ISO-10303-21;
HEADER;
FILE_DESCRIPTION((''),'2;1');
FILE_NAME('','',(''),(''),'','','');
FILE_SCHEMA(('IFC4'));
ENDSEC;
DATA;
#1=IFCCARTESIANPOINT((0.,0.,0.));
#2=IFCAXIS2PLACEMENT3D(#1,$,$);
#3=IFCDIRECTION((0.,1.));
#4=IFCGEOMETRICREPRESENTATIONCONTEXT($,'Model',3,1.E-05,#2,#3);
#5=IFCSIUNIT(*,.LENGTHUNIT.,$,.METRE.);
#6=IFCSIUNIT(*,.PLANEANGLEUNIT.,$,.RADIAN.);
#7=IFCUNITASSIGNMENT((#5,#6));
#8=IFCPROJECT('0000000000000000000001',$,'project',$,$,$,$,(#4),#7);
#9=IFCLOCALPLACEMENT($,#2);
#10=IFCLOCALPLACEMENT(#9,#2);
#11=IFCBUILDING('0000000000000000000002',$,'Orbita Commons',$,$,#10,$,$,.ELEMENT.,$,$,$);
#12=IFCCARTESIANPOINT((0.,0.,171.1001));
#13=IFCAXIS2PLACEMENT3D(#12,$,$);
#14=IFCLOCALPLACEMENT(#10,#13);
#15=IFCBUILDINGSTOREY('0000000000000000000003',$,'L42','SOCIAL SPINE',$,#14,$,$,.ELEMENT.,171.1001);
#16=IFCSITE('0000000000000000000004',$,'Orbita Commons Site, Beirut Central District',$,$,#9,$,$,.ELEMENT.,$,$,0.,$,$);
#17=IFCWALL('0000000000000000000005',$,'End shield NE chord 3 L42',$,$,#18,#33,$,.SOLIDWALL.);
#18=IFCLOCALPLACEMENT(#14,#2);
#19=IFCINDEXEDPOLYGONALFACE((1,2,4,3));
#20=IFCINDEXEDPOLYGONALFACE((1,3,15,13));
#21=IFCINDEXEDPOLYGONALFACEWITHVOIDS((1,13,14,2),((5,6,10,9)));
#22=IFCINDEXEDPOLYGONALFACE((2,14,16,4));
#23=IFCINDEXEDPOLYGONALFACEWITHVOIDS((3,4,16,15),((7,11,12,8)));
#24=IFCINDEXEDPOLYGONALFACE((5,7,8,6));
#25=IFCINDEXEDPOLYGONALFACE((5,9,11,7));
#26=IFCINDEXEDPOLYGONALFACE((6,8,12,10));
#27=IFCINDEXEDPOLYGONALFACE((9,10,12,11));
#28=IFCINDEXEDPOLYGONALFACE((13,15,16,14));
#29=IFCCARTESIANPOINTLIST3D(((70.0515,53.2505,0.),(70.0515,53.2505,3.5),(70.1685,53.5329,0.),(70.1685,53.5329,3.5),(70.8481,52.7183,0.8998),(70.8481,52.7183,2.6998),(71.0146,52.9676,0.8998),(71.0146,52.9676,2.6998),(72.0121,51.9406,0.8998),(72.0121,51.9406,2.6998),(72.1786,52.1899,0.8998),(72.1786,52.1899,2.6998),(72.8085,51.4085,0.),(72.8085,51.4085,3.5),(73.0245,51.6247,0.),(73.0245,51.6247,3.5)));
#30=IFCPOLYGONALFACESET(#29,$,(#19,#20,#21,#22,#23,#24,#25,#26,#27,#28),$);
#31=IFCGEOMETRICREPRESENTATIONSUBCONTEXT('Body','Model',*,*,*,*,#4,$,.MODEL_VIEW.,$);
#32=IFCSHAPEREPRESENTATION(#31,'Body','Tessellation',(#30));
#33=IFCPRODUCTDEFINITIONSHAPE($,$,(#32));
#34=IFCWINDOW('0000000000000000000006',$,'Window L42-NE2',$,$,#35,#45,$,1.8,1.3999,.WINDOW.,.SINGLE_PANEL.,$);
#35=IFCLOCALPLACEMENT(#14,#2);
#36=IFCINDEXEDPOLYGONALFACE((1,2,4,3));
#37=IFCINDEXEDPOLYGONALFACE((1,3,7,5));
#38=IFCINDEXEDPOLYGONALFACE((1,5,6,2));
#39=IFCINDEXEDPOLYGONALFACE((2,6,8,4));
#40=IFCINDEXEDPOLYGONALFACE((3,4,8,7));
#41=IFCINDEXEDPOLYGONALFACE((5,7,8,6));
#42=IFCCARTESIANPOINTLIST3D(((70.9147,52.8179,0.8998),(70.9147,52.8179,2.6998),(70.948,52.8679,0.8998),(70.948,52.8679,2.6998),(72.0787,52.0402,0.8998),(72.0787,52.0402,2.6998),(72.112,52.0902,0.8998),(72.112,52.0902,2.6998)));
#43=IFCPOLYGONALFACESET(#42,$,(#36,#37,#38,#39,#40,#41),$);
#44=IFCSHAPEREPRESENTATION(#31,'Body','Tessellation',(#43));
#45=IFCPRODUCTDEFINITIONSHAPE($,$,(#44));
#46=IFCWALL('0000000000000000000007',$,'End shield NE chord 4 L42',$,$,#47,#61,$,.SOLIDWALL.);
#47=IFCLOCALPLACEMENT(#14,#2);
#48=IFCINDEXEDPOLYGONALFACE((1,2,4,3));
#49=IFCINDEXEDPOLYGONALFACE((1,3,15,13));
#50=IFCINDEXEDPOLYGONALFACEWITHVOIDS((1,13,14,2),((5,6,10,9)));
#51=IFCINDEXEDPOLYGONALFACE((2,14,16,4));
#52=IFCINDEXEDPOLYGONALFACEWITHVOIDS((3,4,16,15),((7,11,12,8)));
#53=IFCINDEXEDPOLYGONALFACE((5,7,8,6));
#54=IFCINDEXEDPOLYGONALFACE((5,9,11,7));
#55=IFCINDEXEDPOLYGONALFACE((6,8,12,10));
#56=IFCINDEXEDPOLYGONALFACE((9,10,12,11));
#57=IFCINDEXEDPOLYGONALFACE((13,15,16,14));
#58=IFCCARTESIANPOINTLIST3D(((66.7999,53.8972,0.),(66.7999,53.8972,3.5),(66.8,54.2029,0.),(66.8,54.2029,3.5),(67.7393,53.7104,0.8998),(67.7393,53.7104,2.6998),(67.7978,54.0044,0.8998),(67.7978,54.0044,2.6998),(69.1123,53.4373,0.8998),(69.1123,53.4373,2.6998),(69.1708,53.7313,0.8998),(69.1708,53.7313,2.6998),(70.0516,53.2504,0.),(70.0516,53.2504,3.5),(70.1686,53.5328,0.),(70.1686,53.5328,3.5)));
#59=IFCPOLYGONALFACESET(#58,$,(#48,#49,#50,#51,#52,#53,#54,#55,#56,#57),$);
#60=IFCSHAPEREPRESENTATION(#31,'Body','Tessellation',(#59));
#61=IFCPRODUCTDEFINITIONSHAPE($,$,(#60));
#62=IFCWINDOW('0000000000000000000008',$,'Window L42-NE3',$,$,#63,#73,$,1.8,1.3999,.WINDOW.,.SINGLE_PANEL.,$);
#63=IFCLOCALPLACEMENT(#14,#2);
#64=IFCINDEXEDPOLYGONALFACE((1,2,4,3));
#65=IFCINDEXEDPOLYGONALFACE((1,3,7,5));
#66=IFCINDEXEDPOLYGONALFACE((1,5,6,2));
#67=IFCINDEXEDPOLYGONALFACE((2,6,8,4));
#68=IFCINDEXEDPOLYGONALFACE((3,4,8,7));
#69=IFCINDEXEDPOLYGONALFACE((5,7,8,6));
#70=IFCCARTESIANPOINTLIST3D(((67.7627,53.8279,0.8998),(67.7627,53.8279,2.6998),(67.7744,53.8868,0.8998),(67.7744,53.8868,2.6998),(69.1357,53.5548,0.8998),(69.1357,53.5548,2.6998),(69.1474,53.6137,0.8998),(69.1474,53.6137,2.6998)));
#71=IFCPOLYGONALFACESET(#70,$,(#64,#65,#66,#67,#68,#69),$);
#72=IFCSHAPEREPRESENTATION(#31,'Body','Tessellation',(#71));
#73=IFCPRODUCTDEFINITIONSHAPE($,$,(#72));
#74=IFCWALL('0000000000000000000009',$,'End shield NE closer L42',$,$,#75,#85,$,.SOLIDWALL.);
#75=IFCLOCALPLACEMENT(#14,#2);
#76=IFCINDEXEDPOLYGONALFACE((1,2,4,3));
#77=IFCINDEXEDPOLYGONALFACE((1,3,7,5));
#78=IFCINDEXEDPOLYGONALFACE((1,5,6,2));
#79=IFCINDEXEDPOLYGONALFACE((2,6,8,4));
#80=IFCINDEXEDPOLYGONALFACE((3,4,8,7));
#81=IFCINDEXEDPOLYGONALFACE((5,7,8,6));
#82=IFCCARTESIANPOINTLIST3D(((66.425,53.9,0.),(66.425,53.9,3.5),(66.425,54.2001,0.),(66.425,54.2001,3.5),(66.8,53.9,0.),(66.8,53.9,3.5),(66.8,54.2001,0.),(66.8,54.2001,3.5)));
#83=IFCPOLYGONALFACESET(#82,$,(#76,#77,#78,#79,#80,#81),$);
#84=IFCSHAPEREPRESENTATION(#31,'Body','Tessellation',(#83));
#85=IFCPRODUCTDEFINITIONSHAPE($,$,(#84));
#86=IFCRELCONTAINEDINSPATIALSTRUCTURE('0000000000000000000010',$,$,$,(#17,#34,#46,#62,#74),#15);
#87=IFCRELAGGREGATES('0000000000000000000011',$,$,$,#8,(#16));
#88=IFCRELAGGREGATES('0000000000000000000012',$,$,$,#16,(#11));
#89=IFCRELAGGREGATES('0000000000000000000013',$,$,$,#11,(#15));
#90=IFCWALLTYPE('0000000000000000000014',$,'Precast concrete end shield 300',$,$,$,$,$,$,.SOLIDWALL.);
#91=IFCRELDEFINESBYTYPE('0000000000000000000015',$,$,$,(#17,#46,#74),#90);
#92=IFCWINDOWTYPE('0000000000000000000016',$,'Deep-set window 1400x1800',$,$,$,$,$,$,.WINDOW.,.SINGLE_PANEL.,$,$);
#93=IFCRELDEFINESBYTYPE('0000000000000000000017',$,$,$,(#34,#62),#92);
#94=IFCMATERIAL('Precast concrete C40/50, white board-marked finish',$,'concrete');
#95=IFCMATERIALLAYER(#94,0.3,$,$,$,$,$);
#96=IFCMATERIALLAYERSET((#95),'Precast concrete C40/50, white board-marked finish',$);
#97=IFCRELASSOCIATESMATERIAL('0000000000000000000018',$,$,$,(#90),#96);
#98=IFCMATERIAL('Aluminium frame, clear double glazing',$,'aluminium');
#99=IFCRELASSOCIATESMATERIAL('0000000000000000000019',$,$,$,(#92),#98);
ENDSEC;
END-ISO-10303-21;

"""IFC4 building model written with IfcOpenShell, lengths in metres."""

from ifc_helpers import new_model, si_unit, direction, frame, frame_2d, origin, place, context, subcontext, project, spatial, polyline, rectangle, outline, extrude, material, layer, layer_set, type_object, element, fill, save


model = new_model("IFC4")

# Units and contexts
model_context = context("Model", 3, precision=1e-05, world=origin(), true_north=direction((0.0, 1.0)))
body_context = subcontext(model_context, "Body", "Model", "MODEL_VIEW")
ifc_project = project(units=[si_unit("LENGTHUNIT", "METRE"), si_unit("PLANEANGLEUNIT", "RADIAN")], contexts=[model_context])

# Site, building, storey
site_placement = place(None, origin())
site = spatial("IfcSite", under=ifc_project, at=site_placement, Name="Orbita Commons Site, Beirut Central District", CompositionType="ELEMENT", RefElevation=0.0)
building_placement = place(site_placement, origin())
building = spatial("IfcBuilding", under=site, at=building_placement, Name="Orbita Commons", CompositionType="ELEMENT")
storey_placement = place(building_placement, frame((0.0, 0.0, 171.1001)))
storey = spatial("IfcBuildingStorey", under=building, at=storey_placement, Name="L42", Description="SOCIAL SPINE", CompositionType="ELEMENT", Elevation=171.1001)

# Walls, openings, windows
ifc_material_1 = material(Name="Precast concrete C40/50, white board-marked finish", Category="concrete")
ifc_layer_1 = layer(ifc_material_1, 0.3)
ifc_layer_set_1 = layer_set([ifc_layer_1], Name="Precast concrete C40/50, white board-marked finish")
wall_type_1 = type_object("IfcWallType", Name="Precast concrete end shield 300", PredefinedType="SOLIDWALL", material=ifc_layer_set_1)
wall_1_placement = place(storey_placement, frame((72.9165, 51.5166, 0.0), z_axis=(0.0, 0.0, 1.0), x_axis=(-0.831493, 0.555535, 0.0)))
wall_1 = element("IfcWall", 1, at=wall_1_placement, inside=storey, type_object=wall_type_1, Name="End shield NE chord 3 L42", PredefinedType="SOLIDWALL", context=body_context, shape_type="SweptSolid", body=[
    extrude(outline(polyline([(-0.0298, -0.1499), (3.405, -0.1499), (3.3455, 0.1499), (0.0298, 0.1499), (-0.0298, -0.1499)])), origin(), (0.0, 0.0, 1.0), 3.5),
])
opening_1_placement = place(wall_1_placement, frame((0.9875, 0.0, 0.8999)))
opening_1 = element("IfcOpeningElement", 2, at=opening_1_placement, cuts=wall_1, PredefinedType="OPENING", context=body_context, shape_type="SweptSolid", body=[
    extrude(rectangle(XDim=1.3999, YDim=1.8, at=frame_2d((0.7, 0.8999))), frame((0.0, 0.1599, 0.0), z_axis=(0.0, -1.0, 0.0), x_axis=(1.0, 0.0, 0.0)), (0.0, 0.0, 1.0), 0.3201),
])
ifc_material_2 = material(Name="Aluminium frame, clear double glazing", Category="aluminium")
window_type = type_object("IfcWindowType", Name="Deep-set window 1400x1800", PartitioningType="SINGLE_PANEL", PredefinedType="WINDOW", material=ifc_material_2)
window_1_placement = place(opening_1_placement, origin())
window_1 = element("IfcWindow", 3, at=window_1_placement, inside=storey, type_object=window_type, Name="Window L42-NE2", OverallHeight=1.8, OverallWidth=1.3999, PartitioningType="SINGLE_PANEL", PredefinedType="WINDOW", context=body_context, shape_type="SweptSolid", body=[
    extrude(rectangle(XDim=1.3999, YDim=1.8, at=frame_2d((0.7, 0.8999))), frame((0.0, 0.03, 0.0), z_axis=(0.0, -1.0, 0.0), x_axis=(1.0, 0.0, 0.0)), (0.0, 0.0, 1.0), 0.0601),
])
fill(opening_1, window_1)
wall_2_placement = place(storey_placement, frame((70.1101, 53.3916, 0.0), z_axis=(0.0, 0.0, 1.0), x_axis=(-0.980783, 0.1951, 0.0)))
wall_2 = element("IfcWall", 4, at=wall_2_placement, inside=storey, type_object=wall_type_1, Name="End shield NE chord 4 L42", PredefinedType="SOLIDWALL", context=body_context, shape_type="SweptSolid", body=[
    extrude(outline(polyline([(-0.0298, -0.1499), (3.4048, -0.1499), (3.3452, 0.1499), (0.0298, 0.1499), (-0.0298, -0.1499)])), origin(), (0.0, 0.0, 1.0), 3.5),
])
opening_2_placement = place(wall_2_placement, frame((0.9875, 0.0, 0.8999)))
opening_2 = element("IfcOpeningElement", 5, at=opening_2_placement, cuts=wall_2, PredefinedType="OPENING", context=body_context, shape_type="SweptSolid", body=[
    extrude(rectangle(XDim=1.3999, YDim=1.8, at=frame_2d((0.7, 0.8999))), frame((0.0, 0.1599, 0.0), z_axis=(0.0, -1.0, 0.0), x_axis=(1.0, 0.0, 0.0)), (0.0, 0.0, 1.0), 0.3201),
])
window_2_placement = place(opening_2_placement, origin())
window_2 = element("IfcWindow", 6, at=window_2_placement, inside=storey, type_object=window_type, Name="Window L42-NE3", OverallHeight=1.8, OverallWidth=1.3999, PartitioningType="SINGLE_PANEL", PredefinedType="WINDOW", context=body_context, shape_type="SweptSolid", body=[
    extrude(rectangle(XDim=1.3999, YDim=1.8, at=frame_2d((0.7, 0.8999))), frame((0.0, 0.03, 0.0), z_axis=(0.0, -1.0, 0.0), x_axis=(1.0, 0.0, 0.0)), (0.0, 0.0, 1.0), 0.0601),
])
fill(opening_2, window_2)

# Wall
wall_3_placement = place(storey_placement, frame((66.8, 54.05, 0.0), z_axis=(0.0, 0.0, 1.0), x_axis=(-1.0, 0.0, 0.0)))
element("IfcWall", 7, at=wall_3_placement, inside=storey, type_object=wall_type_1, Name="End shield NE closer L42", PredefinedType="SOLIDWALL", context=body_context, shape_type="SweptSolid", body=[
    extrude(rectangle(XDim=0.375, YDim=0.3, at=frame_2d((0.1875, 0.0))), origin(), (0.0, 0.0, 1.0), 3.5),
])

save(model, "model.ifc")
